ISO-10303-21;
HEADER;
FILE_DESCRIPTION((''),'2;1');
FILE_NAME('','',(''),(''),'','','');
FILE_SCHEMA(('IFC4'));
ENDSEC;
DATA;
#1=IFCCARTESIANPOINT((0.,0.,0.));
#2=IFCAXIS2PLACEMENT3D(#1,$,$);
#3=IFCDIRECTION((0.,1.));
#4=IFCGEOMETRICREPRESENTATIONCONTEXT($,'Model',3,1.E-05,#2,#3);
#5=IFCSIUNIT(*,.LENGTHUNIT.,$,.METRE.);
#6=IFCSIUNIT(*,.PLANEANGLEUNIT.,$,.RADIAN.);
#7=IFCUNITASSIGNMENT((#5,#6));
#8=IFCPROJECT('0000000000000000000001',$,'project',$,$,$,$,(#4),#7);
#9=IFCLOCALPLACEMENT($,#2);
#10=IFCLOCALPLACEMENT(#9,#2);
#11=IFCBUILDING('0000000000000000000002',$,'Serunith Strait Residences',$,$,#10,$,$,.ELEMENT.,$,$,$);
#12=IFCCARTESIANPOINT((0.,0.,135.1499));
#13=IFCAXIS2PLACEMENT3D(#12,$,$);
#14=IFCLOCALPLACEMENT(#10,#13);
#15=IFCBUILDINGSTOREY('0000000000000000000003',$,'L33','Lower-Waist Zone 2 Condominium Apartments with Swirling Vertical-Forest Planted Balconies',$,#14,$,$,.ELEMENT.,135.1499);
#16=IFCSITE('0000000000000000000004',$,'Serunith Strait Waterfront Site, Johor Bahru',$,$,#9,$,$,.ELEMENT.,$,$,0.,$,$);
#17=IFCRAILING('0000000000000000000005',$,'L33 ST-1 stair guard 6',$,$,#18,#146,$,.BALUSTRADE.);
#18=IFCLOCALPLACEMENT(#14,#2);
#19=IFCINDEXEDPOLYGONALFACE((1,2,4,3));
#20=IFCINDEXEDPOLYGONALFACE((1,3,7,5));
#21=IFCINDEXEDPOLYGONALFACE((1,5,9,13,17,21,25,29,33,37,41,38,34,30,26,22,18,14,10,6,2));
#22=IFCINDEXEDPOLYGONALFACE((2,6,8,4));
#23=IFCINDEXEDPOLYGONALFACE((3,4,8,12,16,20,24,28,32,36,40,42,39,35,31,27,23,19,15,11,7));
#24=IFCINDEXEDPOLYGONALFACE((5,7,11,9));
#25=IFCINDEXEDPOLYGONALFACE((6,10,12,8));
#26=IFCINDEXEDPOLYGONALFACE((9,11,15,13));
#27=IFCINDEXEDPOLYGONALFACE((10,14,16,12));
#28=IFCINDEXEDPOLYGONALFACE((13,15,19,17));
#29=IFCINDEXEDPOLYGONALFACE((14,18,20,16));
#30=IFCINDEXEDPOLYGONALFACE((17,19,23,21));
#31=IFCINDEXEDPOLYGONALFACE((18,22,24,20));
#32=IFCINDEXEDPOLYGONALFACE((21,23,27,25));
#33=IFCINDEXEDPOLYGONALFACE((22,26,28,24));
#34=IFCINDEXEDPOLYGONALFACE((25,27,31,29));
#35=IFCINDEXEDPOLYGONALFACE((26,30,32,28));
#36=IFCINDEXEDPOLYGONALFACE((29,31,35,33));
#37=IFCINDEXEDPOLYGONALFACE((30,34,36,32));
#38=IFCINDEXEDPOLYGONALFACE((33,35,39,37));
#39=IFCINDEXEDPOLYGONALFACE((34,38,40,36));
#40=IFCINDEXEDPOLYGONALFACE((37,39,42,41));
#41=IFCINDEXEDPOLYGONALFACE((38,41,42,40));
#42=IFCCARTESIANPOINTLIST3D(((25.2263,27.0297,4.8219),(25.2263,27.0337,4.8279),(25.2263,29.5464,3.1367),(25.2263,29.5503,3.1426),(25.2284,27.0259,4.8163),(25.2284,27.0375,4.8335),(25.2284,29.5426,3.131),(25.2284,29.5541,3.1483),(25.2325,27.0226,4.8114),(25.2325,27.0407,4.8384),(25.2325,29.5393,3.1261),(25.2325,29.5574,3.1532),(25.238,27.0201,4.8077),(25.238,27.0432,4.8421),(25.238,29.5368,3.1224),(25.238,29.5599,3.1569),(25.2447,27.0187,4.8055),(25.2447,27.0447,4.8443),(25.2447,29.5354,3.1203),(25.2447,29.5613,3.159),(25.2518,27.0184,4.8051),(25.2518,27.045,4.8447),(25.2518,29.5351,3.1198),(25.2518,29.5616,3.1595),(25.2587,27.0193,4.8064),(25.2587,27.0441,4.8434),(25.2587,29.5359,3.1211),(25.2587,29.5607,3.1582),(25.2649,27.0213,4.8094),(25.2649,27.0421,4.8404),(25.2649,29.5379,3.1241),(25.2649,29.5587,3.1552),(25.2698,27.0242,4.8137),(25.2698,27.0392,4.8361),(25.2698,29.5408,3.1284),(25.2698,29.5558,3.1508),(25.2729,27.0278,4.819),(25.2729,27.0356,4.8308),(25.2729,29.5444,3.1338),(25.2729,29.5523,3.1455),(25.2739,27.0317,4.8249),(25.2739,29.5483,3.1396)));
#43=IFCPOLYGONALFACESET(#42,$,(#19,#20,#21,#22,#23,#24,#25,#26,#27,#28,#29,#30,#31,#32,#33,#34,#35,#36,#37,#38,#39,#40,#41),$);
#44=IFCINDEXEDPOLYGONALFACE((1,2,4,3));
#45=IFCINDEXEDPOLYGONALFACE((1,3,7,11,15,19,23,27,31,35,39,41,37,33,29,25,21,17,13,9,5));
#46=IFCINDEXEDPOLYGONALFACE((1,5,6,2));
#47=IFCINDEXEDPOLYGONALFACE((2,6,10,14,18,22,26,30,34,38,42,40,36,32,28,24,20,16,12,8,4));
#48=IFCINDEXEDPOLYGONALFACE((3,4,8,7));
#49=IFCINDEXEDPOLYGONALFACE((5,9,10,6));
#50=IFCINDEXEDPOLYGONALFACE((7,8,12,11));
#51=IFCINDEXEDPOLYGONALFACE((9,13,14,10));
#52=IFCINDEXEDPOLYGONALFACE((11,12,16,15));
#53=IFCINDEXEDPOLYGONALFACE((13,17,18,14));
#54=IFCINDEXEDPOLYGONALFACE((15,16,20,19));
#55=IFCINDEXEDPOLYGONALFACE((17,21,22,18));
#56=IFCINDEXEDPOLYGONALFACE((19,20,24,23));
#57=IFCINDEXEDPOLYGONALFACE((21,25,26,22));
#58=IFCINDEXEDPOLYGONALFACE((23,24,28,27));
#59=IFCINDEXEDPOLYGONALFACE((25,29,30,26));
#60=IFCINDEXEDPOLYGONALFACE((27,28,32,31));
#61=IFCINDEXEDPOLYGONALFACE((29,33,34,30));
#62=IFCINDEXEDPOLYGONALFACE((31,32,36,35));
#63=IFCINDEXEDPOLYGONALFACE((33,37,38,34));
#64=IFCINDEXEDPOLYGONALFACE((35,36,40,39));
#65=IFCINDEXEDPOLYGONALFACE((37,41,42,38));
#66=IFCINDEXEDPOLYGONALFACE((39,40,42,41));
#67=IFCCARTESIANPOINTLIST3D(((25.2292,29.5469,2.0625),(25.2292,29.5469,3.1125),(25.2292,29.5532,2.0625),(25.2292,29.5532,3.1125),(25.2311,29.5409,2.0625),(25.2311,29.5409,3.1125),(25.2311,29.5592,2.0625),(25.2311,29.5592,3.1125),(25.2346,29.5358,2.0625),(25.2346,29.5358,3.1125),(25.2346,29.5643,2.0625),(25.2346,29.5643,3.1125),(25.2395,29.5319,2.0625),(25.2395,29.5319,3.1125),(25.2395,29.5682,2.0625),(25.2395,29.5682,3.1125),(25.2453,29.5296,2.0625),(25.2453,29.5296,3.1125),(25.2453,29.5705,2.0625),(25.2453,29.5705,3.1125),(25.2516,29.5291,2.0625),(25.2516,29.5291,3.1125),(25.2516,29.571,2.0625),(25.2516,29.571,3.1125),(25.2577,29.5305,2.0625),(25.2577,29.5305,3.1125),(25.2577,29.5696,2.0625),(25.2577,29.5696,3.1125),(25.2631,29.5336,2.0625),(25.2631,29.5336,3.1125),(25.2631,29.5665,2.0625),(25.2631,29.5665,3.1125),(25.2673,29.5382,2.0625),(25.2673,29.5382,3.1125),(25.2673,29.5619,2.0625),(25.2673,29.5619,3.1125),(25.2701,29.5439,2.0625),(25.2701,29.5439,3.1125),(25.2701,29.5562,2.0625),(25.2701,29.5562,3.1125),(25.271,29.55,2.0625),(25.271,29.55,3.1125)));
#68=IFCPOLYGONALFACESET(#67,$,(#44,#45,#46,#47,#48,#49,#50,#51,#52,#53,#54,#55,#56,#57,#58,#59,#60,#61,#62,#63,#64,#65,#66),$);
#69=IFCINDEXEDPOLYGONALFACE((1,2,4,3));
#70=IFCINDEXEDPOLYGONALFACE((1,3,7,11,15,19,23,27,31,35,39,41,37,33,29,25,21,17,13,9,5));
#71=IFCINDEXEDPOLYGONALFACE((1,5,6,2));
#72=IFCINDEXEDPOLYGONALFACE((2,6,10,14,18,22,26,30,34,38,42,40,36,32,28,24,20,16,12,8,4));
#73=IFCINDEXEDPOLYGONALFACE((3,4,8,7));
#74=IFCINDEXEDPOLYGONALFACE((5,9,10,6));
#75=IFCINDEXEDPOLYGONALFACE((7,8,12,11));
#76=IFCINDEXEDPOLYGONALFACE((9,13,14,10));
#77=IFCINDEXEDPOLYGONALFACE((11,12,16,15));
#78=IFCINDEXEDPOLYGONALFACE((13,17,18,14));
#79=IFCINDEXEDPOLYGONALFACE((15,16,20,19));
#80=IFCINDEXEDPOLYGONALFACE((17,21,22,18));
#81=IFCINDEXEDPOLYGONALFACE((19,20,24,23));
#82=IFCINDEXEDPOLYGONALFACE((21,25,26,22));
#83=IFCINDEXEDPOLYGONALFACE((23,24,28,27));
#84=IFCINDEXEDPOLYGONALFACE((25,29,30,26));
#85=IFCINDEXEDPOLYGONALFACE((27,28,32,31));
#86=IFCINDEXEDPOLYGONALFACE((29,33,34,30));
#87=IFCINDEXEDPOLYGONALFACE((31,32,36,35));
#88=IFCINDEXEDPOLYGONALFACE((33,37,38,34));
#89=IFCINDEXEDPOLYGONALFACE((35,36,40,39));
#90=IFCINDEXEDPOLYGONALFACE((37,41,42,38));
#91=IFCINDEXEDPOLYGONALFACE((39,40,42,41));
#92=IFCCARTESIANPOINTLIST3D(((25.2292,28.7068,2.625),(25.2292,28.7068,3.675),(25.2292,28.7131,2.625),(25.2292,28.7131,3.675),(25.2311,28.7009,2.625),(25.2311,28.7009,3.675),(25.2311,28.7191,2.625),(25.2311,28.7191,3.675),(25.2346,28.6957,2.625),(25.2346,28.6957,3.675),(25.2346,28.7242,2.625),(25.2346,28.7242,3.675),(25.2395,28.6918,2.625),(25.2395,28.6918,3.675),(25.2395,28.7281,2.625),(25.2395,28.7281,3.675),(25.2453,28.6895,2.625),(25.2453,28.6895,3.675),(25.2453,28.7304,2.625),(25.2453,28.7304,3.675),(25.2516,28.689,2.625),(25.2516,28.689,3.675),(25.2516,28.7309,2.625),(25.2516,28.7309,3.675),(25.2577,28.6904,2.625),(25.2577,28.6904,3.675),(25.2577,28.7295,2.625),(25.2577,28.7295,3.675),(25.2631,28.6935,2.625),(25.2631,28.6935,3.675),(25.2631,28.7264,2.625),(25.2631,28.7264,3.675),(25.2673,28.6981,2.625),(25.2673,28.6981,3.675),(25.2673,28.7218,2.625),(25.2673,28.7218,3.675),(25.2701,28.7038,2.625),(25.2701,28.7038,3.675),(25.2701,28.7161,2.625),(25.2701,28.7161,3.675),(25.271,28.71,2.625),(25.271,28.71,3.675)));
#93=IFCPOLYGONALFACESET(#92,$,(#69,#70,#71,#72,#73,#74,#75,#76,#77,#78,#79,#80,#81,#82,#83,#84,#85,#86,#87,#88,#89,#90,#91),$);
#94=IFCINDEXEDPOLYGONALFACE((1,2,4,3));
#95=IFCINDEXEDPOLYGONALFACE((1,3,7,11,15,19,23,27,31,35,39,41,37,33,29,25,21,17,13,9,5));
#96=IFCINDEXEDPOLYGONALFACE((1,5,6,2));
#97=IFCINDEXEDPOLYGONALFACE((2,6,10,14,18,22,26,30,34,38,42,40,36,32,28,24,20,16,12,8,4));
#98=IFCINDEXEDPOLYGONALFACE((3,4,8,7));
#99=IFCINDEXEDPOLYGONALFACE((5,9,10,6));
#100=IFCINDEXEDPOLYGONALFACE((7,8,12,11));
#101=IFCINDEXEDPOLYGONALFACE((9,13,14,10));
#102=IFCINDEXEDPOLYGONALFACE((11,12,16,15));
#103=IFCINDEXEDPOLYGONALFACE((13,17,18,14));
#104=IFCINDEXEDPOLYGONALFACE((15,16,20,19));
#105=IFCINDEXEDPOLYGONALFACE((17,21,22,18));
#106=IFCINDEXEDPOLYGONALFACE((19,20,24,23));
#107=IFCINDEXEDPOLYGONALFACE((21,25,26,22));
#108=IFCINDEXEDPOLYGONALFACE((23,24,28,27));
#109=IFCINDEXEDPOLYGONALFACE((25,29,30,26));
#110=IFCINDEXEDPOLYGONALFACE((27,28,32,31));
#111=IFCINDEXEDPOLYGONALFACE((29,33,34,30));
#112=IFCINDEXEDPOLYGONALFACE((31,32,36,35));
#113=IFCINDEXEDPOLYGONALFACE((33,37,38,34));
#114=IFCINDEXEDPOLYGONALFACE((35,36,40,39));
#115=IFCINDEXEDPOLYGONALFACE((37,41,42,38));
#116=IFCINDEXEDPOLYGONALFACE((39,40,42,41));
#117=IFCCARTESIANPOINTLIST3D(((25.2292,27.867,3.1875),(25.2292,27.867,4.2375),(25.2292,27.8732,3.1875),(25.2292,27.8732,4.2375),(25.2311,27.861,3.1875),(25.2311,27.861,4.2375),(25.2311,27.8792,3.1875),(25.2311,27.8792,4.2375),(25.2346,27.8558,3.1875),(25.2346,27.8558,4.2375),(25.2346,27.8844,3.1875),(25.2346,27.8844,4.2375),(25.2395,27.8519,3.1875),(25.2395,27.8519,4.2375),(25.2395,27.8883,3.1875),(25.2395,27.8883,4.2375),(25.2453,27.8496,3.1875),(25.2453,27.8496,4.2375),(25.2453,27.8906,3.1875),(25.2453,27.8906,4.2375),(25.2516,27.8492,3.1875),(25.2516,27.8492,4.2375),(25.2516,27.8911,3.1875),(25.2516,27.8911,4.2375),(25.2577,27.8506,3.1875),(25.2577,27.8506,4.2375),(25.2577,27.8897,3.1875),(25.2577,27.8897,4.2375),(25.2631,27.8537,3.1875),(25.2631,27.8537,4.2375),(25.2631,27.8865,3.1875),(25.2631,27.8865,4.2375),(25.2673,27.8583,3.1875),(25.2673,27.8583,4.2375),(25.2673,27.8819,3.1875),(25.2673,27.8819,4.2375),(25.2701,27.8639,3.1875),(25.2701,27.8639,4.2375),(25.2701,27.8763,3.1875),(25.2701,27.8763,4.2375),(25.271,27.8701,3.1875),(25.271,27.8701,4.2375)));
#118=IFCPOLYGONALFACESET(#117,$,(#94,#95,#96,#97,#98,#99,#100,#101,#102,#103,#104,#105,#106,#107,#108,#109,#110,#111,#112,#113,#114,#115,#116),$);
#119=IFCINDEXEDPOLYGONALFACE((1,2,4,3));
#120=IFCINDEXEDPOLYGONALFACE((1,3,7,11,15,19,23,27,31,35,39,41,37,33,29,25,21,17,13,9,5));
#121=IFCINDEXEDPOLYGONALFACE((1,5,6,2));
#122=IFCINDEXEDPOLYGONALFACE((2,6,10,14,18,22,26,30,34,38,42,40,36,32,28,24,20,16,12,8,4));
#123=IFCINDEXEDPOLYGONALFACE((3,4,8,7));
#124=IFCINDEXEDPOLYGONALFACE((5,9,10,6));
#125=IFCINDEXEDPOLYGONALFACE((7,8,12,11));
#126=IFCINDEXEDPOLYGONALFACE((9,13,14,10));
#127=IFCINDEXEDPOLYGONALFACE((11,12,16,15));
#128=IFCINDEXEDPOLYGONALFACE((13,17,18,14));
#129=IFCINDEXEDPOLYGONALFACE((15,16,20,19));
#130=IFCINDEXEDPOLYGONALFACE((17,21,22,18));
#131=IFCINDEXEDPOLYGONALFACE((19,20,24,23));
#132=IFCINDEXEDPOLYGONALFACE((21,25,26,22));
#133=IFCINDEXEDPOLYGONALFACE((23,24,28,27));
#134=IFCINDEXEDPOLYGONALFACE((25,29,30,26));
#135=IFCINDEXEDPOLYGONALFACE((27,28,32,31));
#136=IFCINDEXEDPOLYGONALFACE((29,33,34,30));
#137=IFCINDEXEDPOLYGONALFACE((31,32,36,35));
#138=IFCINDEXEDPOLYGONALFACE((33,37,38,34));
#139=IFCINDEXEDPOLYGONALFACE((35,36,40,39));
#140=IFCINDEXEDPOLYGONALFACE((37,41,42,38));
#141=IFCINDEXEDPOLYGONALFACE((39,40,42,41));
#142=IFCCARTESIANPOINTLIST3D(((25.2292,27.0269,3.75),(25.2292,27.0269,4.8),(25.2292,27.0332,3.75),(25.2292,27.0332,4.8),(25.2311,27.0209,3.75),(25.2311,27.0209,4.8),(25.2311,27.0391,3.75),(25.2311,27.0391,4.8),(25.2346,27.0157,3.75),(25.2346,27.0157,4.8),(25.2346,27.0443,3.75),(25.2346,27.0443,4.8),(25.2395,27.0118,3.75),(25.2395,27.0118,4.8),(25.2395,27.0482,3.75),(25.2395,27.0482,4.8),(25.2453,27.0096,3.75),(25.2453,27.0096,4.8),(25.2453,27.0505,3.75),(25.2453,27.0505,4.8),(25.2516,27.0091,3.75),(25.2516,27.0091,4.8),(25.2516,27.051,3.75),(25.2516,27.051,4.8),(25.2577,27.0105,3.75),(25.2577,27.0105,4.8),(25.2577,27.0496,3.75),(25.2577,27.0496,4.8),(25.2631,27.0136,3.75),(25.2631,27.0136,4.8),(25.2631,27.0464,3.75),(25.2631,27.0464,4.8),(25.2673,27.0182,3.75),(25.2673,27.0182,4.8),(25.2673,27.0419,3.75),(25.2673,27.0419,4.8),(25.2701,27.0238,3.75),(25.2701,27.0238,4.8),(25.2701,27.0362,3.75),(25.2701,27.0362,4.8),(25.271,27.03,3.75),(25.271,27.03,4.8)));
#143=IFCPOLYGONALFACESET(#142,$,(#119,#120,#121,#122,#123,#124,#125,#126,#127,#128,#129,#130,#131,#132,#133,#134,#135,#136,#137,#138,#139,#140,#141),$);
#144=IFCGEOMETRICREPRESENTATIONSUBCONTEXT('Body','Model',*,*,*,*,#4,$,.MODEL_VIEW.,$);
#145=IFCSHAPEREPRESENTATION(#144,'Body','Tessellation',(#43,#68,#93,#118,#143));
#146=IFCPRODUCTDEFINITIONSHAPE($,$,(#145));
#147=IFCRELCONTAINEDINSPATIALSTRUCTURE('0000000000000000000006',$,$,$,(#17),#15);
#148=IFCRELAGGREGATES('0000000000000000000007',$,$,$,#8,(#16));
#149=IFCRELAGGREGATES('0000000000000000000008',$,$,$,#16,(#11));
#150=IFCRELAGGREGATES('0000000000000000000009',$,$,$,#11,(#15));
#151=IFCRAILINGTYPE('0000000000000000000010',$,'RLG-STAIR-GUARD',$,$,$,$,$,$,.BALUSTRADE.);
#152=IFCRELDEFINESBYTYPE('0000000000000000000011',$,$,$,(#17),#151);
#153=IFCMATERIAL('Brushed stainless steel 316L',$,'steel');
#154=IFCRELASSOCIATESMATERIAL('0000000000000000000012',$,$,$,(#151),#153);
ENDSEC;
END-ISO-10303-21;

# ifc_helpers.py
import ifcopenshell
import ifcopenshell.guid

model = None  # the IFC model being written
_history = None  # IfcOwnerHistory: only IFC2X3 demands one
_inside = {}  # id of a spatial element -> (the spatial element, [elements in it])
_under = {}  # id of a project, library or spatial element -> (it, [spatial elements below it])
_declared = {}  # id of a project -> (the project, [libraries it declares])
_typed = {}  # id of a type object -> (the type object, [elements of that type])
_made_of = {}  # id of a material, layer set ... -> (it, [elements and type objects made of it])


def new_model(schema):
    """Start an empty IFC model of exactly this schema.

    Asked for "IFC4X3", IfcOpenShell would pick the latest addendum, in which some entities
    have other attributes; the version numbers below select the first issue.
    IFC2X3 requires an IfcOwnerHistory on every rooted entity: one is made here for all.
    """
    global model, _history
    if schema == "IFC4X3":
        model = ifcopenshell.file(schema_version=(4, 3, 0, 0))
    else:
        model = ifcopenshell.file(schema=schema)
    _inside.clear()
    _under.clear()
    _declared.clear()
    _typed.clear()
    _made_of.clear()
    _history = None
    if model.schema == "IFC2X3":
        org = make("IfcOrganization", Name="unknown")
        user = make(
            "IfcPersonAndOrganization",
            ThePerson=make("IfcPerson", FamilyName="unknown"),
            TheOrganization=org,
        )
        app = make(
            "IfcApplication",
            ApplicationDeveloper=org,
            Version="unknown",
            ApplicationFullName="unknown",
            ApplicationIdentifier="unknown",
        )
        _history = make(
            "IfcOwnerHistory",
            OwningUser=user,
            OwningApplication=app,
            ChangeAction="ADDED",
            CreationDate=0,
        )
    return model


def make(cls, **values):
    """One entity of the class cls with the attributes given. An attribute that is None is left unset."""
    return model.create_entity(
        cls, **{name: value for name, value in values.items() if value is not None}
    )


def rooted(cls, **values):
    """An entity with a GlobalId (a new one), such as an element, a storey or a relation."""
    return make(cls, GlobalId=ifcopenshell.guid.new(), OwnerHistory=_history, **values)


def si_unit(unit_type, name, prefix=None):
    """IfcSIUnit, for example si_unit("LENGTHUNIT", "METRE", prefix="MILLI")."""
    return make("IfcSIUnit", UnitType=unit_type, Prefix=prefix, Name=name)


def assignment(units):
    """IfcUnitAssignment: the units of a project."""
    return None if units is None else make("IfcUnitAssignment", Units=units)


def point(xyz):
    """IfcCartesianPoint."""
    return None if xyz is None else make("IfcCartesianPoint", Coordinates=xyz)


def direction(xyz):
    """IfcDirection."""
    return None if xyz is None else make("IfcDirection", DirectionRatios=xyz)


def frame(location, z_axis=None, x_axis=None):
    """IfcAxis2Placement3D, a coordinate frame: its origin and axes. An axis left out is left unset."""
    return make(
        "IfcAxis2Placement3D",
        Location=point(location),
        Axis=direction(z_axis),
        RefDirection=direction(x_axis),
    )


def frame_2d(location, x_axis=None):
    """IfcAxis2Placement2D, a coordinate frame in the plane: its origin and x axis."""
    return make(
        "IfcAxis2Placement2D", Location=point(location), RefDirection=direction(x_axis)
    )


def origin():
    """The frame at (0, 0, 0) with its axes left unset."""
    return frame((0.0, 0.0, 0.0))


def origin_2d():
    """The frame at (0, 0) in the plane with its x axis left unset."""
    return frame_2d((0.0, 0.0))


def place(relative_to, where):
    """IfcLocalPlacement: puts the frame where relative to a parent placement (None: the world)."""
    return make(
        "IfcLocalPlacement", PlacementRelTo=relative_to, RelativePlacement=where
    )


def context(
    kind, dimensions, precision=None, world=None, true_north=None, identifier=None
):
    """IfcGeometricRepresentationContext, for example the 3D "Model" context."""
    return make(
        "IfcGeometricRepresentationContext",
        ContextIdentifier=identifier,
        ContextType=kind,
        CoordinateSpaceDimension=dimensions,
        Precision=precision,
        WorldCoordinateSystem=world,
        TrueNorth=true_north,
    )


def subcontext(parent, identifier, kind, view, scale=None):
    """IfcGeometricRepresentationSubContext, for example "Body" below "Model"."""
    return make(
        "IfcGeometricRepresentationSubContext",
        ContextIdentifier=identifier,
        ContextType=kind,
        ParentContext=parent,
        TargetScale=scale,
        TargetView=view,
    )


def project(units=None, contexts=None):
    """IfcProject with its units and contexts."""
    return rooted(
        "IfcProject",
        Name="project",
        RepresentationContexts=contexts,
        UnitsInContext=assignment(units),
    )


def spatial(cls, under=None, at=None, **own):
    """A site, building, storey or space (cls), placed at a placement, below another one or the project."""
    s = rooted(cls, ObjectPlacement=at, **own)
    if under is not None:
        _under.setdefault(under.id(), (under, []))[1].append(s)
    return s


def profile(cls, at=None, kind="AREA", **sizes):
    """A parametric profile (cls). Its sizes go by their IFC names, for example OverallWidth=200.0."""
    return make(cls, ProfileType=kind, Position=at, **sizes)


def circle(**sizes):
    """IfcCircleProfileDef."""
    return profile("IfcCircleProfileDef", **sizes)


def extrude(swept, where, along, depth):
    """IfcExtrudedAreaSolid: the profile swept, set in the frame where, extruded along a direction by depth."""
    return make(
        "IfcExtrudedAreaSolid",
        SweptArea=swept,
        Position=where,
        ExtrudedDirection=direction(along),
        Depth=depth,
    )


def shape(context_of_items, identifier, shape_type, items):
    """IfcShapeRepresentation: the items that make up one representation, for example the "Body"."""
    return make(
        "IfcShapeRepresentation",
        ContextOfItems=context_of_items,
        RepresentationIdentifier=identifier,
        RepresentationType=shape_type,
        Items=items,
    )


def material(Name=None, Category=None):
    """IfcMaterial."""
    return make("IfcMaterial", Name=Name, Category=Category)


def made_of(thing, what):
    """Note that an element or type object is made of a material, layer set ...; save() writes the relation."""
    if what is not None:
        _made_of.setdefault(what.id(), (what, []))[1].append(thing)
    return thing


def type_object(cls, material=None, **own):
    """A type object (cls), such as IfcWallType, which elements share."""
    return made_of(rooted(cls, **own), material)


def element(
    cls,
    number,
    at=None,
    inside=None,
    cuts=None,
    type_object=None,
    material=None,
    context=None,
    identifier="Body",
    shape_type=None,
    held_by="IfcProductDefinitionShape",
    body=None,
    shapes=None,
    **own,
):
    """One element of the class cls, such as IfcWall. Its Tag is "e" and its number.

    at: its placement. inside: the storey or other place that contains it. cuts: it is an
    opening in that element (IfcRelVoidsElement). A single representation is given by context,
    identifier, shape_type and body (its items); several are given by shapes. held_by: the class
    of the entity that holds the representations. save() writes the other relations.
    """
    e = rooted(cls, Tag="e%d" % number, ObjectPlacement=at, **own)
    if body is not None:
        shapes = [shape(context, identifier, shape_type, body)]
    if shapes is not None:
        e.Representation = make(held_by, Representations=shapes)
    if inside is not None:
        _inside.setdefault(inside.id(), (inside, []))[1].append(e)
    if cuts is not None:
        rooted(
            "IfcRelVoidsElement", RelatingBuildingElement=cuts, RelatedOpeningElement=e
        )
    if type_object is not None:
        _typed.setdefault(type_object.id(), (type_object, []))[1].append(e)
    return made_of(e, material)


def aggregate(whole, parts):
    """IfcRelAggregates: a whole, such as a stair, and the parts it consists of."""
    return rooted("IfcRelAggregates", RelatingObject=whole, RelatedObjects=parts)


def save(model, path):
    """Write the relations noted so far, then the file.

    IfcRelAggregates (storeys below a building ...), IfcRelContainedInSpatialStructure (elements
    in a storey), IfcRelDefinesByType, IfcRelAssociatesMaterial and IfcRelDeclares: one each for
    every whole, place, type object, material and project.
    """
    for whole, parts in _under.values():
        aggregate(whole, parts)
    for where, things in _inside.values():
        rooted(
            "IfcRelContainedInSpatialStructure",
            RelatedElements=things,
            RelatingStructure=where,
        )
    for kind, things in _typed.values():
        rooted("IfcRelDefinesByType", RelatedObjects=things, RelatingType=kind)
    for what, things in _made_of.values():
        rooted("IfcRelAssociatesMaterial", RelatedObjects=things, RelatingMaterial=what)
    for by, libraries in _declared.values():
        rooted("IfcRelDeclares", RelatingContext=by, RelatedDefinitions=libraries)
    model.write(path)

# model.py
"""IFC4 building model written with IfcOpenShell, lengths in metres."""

from ifc_helpers import new_model, si_unit, direction, frame, origin, origin_2d, place, context, subcontext, project, spatial, circle, extrude, material, type_object, element, save


model = new_model("IFC4")

# Units and contexts
model_context = context("Model", 3, precision=1e-05, world=origin(), true_north=direction((0.0, 1.0)))
body_context = subcontext(model_context, "Body", "Model", "MODEL_VIEW")
ifc_project = project(units=[si_unit("LENGTHUNIT", "METRE"), si_unit("PLANEANGLEUNIT", "RADIAN")], contexts=[model_context])

# Site, building, storey
site_placement = place(None, origin())
site = spatial("IfcSite", under=ifc_project, at=site_placement, Name="Serunith Strait Waterfront Site, Johor Bahru", CompositionType="ELEMENT", RefElevation=0.0)
building_placement = place(site_placement, origin())
building = spatial("IfcBuilding", under=site, at=building_placement, Name="Serunith Strait Residences", CompositionType="ELEMENT")
storey_placement = place(building_placement, frame((0.0, 0.0, 135.1499)))
storey = spatial("IfcBuildingStorey", under=building, at=storey_placement, Name="L33", Description="Lower-Waist Zone 2 Condominium Apartments with Swirling Vertical-Forest Planted Balconies", CompositionType="ELEMENT", Elevation=135.1499)

# Railing
ifc_material_1 = material(Name="Brushed stainless steel 316L", Category="steel")
railing_type_1 = type_object("IfcRailingType", Name="RLG-STAIR-GUARD", PredefinedType="BALUSTRADE", material=ifc_material_1)
railing_1_placement = place(storey_placement, frame((25.25, 29.55, 2.0625)))
element("IfcRailing", 1, at=railing_1_placement, inside=storey, type_object=railing_type_1, Name="L33 ST-1 stair guard 6", PredefinedType="BALUSTRADE", context=body_context, shape_type="SweptSolid", body=[
    extrude(circle(Radius=0.0239, at=origin_2d()), frame((0.0, -0.0017, 1.0771), z_axis=(0.0, -0.830909, 0.556408), x_axis=(1.0, 0.0, 0.0)), (0.0, 0.0, 1.0), 3.0288),
    extrude(circle(Radius=0.021, at=origin_2d()), origin(), (0.0, 0.0, 1.0), 1.05),
    extrude(circle(Radius=0.021, at=origin_2d()), frame((0.0, -0.8401, 0.5625)), (0.0, 0.0, 1.0), 1.05),
    extrude(circle(Radius=0.021, at=origin_2d()), frame((0.0, -1.6799, 1.125)), (0.0, 0.0, 1.0), 1.05),
    extrude(circle(Radius=0.021, at=origin_2d()), frame((0.0, -2.52, 1.6875)), (0.0, 0.0, 1.0), 1.05),
])

save(model, "model.ifc")
